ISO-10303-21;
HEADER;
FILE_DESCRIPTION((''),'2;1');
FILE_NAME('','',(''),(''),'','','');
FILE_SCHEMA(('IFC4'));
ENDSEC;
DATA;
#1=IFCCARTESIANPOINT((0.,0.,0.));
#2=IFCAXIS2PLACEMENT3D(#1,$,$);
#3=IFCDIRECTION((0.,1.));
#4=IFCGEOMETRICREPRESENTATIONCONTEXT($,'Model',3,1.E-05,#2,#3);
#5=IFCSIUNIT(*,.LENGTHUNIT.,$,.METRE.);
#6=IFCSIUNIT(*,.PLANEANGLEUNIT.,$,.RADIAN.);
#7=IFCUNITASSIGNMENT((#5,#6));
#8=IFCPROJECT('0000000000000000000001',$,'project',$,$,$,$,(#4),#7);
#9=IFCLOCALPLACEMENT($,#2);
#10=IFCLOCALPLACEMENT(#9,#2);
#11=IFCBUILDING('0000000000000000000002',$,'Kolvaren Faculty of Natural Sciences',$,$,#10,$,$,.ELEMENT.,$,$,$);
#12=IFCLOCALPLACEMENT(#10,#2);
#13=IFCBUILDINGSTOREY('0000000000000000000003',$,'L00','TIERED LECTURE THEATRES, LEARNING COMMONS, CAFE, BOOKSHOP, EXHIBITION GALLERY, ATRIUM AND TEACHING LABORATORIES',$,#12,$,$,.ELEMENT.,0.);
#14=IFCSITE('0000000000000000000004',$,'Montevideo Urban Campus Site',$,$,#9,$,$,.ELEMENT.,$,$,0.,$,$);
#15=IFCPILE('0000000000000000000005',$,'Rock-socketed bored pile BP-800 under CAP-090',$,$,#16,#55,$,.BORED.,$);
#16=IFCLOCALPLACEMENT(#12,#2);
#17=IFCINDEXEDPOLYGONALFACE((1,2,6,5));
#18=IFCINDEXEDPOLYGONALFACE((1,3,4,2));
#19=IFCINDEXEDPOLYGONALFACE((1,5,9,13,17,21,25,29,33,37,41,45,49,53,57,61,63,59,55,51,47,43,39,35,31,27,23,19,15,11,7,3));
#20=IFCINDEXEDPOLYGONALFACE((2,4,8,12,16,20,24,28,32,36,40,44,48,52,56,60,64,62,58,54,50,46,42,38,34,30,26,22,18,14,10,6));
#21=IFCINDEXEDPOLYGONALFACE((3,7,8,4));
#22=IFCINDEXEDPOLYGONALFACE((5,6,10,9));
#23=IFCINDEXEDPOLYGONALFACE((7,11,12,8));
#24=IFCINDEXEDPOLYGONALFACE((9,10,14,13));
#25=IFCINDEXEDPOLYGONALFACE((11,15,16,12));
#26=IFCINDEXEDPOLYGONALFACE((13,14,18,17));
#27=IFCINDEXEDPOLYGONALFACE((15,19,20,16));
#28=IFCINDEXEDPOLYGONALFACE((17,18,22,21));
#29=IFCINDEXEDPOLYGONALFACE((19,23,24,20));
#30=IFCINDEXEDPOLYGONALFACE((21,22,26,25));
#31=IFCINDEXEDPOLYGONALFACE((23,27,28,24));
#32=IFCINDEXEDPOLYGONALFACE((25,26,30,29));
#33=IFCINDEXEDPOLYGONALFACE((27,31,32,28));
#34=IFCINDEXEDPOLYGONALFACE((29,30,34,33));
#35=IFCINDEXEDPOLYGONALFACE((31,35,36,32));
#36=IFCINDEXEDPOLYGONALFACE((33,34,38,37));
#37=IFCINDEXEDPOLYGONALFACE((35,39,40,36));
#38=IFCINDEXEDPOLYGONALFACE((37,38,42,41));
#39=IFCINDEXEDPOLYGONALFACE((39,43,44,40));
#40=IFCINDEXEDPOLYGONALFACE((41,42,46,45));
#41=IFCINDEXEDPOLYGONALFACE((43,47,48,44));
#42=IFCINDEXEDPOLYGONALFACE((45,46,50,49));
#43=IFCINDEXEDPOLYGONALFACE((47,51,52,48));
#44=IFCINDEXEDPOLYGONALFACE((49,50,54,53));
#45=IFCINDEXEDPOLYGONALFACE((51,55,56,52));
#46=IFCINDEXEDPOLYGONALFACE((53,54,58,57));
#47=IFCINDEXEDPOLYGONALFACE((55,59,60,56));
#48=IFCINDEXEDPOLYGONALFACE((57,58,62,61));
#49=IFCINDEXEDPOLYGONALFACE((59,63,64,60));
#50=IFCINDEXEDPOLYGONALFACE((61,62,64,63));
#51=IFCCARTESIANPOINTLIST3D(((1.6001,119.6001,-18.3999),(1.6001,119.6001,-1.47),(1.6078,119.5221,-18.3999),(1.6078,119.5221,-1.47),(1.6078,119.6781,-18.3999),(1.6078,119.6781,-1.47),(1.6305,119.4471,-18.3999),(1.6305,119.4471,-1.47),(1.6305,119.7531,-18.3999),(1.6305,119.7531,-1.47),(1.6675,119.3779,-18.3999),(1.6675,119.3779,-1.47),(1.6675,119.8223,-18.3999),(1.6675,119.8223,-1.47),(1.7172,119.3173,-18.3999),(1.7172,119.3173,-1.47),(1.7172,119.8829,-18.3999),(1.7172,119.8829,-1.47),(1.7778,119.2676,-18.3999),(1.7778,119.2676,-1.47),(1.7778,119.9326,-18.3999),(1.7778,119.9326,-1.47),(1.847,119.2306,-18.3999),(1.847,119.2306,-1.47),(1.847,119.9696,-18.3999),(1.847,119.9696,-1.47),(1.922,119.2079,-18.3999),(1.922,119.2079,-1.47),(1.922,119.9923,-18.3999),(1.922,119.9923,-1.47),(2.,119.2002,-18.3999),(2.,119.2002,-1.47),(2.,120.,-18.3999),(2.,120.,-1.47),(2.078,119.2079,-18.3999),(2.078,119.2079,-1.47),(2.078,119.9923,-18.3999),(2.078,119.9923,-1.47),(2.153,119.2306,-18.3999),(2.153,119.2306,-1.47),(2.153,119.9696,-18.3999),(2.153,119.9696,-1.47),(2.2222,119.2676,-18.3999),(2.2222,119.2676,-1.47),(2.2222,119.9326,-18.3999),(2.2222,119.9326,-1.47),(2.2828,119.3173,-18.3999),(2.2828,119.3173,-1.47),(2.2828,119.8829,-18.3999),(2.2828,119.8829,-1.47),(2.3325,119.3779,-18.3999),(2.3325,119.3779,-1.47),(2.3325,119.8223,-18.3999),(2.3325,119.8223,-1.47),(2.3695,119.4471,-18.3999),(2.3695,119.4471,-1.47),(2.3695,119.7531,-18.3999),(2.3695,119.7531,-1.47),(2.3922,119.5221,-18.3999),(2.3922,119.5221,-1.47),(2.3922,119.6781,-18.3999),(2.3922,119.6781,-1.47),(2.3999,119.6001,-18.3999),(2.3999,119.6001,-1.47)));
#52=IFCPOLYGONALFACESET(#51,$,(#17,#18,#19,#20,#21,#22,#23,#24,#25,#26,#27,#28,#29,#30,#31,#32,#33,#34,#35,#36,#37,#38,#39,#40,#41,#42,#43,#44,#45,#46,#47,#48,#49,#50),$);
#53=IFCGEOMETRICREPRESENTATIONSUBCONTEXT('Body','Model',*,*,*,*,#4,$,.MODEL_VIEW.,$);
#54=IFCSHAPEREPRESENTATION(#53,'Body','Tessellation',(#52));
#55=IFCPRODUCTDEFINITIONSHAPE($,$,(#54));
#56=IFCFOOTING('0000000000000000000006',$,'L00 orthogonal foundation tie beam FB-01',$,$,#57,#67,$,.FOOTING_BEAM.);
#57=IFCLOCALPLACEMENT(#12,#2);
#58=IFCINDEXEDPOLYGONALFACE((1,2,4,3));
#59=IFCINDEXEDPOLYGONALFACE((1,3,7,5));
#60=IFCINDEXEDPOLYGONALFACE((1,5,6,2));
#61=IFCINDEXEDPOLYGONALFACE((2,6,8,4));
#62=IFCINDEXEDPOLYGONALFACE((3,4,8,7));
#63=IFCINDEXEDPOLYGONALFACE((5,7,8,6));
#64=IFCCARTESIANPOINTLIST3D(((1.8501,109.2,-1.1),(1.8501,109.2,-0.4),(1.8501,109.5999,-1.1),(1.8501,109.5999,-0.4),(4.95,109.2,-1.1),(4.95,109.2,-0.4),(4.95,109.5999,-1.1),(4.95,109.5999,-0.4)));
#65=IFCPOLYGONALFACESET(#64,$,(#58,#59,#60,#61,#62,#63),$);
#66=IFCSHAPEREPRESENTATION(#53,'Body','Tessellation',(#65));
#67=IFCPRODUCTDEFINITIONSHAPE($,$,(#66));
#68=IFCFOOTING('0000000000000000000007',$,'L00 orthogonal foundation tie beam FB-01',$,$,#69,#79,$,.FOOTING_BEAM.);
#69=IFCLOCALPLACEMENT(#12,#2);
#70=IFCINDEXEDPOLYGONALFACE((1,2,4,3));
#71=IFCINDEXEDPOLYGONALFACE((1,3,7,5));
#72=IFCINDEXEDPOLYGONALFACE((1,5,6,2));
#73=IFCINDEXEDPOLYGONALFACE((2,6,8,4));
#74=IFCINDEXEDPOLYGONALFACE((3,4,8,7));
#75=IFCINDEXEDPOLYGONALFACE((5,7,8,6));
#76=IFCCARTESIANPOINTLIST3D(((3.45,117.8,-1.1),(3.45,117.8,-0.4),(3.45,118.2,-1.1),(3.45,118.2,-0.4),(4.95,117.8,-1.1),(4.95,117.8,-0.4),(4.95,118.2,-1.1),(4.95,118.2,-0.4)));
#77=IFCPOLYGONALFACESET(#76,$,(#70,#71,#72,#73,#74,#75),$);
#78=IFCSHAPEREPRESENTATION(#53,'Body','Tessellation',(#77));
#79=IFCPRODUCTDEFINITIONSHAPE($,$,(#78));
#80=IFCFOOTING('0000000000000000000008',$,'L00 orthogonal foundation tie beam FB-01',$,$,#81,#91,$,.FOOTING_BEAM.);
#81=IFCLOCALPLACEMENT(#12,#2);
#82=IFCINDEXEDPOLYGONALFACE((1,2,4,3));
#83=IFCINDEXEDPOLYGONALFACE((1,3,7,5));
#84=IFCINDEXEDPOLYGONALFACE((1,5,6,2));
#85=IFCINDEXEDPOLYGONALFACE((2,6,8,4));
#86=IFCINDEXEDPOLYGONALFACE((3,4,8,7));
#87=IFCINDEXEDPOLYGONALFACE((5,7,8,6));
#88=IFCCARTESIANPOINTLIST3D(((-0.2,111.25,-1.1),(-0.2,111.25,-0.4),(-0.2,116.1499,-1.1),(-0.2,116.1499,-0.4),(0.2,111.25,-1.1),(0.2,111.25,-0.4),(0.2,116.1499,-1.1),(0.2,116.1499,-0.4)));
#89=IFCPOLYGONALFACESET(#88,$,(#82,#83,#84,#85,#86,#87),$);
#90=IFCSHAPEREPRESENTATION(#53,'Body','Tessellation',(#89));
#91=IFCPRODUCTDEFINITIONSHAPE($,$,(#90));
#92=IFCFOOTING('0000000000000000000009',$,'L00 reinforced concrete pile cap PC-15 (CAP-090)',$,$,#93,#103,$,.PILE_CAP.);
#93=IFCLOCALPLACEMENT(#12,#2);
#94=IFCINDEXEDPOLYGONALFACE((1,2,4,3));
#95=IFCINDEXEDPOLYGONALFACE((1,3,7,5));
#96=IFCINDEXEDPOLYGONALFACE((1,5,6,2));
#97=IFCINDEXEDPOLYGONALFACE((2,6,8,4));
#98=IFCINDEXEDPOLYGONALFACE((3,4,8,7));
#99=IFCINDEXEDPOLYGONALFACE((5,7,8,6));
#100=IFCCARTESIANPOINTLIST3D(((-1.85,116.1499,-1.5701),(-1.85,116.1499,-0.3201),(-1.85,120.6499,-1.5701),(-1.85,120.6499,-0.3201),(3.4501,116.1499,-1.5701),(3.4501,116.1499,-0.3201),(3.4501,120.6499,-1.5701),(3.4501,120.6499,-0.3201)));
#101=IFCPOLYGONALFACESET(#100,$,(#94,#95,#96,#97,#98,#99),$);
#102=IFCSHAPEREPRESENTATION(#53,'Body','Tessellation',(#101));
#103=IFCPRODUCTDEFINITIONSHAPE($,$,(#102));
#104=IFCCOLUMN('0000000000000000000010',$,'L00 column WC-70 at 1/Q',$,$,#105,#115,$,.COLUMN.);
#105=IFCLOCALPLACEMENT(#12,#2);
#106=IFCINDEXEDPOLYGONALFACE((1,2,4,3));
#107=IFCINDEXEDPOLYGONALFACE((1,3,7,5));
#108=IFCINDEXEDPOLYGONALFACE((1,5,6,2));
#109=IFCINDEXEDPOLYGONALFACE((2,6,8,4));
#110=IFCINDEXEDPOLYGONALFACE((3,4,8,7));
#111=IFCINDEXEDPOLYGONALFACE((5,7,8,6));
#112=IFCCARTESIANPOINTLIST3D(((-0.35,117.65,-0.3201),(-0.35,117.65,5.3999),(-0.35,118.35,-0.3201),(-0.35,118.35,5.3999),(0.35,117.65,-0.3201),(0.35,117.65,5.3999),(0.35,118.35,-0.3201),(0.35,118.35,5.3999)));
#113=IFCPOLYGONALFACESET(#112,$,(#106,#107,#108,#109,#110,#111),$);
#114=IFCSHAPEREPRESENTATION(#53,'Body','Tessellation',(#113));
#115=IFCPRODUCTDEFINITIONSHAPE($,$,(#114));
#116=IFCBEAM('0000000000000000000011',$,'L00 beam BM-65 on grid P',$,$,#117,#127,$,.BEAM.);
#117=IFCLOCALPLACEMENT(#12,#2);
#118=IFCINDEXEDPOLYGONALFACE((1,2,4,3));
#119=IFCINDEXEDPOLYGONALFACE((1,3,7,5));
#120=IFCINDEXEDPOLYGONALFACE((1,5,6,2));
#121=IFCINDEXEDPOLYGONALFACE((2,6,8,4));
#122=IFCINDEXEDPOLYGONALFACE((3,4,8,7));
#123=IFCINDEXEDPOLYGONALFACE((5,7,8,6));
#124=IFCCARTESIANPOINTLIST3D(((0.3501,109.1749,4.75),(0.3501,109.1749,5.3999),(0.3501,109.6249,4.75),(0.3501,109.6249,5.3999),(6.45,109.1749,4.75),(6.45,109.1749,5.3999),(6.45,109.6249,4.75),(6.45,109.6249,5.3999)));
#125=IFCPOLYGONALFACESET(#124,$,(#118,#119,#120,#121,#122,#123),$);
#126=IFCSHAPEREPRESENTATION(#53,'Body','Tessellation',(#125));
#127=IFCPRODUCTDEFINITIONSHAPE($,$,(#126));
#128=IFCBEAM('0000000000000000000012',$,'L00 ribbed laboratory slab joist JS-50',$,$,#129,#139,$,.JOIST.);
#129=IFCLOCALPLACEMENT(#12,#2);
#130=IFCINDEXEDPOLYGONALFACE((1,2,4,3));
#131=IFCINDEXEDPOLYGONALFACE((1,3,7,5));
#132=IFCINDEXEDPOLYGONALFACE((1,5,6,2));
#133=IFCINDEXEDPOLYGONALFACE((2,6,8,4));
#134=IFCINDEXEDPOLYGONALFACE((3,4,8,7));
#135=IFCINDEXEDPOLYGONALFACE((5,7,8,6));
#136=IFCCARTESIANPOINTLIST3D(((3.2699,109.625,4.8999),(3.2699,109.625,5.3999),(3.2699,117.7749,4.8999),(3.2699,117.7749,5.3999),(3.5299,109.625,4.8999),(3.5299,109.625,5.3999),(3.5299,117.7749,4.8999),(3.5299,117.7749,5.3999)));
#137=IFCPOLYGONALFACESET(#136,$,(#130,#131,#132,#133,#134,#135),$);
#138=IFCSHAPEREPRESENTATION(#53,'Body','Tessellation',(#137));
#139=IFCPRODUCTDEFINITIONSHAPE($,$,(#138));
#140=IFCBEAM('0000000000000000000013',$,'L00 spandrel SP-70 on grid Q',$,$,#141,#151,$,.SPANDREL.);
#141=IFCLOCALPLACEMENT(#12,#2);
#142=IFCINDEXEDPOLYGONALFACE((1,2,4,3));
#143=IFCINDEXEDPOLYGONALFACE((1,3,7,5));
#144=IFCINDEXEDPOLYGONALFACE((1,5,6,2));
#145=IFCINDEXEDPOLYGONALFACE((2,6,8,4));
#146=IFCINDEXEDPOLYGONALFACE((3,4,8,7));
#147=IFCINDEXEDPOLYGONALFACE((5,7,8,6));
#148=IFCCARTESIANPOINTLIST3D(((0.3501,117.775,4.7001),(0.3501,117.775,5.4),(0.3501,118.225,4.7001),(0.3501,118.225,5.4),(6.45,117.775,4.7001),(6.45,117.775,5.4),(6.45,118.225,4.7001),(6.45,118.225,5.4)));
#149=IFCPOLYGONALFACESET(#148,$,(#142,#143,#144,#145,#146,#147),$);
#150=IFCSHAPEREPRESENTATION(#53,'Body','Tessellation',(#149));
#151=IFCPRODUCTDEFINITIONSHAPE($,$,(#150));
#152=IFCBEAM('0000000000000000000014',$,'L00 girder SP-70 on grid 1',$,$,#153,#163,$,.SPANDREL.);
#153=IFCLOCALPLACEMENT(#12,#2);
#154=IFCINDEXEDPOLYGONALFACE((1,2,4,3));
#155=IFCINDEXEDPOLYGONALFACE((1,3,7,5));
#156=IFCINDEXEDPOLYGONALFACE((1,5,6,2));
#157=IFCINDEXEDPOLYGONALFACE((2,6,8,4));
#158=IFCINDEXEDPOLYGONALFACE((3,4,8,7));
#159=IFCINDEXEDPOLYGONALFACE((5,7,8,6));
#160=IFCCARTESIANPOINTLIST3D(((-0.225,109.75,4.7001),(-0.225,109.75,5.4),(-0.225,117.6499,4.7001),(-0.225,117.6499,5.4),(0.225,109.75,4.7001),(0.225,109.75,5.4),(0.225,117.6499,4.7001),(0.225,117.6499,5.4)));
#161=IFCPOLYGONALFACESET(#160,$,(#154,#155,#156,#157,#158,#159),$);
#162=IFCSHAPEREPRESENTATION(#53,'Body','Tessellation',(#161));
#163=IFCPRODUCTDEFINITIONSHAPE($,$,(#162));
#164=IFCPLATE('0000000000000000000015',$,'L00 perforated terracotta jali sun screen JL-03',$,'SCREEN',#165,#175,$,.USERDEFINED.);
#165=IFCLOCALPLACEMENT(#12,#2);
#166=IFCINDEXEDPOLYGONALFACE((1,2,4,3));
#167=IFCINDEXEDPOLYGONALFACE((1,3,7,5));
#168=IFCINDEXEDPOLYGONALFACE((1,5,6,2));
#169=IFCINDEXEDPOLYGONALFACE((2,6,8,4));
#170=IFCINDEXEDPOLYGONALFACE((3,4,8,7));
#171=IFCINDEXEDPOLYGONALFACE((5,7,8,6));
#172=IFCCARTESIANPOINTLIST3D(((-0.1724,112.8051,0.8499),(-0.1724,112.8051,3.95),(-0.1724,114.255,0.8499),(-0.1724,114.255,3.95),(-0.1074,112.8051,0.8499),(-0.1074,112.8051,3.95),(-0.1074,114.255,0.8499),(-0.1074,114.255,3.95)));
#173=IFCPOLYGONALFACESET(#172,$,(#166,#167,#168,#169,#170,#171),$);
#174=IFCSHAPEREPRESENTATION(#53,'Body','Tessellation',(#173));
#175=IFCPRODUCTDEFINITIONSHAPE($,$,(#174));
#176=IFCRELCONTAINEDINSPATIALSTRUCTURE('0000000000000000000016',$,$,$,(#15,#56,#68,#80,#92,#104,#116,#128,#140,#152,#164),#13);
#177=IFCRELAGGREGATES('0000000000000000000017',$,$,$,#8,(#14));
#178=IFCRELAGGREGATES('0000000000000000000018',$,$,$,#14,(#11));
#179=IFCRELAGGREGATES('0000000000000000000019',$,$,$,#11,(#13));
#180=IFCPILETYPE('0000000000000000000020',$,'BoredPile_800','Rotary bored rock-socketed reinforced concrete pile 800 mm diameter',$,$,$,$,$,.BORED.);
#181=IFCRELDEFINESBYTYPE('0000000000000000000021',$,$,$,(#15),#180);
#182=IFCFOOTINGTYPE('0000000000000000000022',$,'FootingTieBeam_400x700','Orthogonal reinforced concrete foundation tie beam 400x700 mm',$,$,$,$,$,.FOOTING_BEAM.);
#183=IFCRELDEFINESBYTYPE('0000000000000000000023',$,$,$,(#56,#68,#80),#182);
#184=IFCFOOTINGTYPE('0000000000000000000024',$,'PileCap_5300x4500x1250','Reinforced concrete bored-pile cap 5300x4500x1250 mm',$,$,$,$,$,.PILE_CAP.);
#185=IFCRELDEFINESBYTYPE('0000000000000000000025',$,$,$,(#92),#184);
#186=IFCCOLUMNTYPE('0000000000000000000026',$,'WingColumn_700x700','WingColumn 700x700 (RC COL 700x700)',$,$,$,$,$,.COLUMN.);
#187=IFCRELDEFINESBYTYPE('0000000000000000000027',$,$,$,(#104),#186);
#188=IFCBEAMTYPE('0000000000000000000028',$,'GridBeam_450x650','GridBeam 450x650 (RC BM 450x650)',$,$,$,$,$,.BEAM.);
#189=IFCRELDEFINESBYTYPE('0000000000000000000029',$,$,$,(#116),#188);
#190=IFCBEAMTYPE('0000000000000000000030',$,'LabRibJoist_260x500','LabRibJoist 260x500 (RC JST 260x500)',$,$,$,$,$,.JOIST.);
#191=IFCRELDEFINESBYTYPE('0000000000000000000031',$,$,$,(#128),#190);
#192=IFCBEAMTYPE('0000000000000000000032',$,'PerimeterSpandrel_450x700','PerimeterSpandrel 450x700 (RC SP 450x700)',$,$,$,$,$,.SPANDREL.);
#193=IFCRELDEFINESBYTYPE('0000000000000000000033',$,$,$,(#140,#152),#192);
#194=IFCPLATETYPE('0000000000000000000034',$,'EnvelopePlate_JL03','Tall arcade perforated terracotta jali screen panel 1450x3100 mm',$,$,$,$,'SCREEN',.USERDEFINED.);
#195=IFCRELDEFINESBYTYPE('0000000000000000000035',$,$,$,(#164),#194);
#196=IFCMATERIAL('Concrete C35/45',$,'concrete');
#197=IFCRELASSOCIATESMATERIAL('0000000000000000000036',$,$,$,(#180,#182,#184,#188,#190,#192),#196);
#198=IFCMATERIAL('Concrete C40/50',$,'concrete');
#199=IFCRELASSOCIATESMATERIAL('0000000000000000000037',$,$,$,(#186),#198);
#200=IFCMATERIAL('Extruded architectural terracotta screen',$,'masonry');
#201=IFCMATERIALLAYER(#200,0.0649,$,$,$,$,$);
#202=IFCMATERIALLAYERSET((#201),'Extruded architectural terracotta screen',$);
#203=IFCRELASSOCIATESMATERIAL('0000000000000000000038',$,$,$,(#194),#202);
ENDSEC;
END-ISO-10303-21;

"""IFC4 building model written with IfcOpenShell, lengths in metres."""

from ifc_helpers import new_model, si_unit, direction, frame, origin, origin_2d, place, context, subcontext, project, spatial, rectangle, circle, extrude, material, layer, layer_set, material_profile, profile_set, type_object, element, save


model = new_model("IFC4")

# Units and contexts
model_context = context("Model", 3, precision=1e-05, world=origin(), true_north=direction((0.0, 1.0)))
body_context = subcontext(model_context, "Body", "Model", "MODEL_VIEW")
ifc_project = project(units=[si_unit("LENGTHUNIT", "METRE"), si_unit("PLANEANGLEUNIT", "RADIAN")], contexts=[model_context])

# Site, building, storey
site_placement = place(None, origin())
site = spatial("IfcSite", under=ifc_project, at=site_placement, Name="Montevideo Urban Campus Site", CompositionType="ELEMENT", RefElevation=0.0)
building_placement = place(site_placement, origin())
building = spatial("IfcBuilding", under=site, at=building_placement, Name="Kolvaren Faculty of Natural Sciences", CompositionType="ELEMENT")
storey_placement = place(building_placement, origin())
storey = spatial("IfcBuildingStorey", under=building, at=storey_placement, Name="L00", Description="TIERED LECTURE THEATRES, LEARNING COMMONS, CAFE, BOOKSHOP, EXHIBITION GALLERY, ATRIUM AND TEACHING LABORATORIES", CompositionType="ELEMENT", Elevation=0.0)

# Pile
ifc_material_1 = material(Name="Concrete C35/45", Category="concrete")
ifc_material_profile_1 = material_profile(ifc_material_1, circle(Radius=0.3999, at=origin_2d()), Name="PILE D800")
ifc_profile_set_1 = profile_set([ifc_material_profile_1], Name="Concrete C35/45")
pile_type = type_object("IfcPileType", Name="BoredPile_800", Description="Rotary bored rock-socketed reinforced concrete pile 800 mm diameter", PredefinedType="BORED", material=ifc_profile_set_1)
for number, where, z_axis, x_axis, name in (
    (1, (2.0, 119.6001, -1.47), (0.0, 0.0, -1.0), (1.0, 0.0, 0.0), "Rock-socketed bored pile BP-800 under CAP-090"),
):
    element("IfcPile", number, at=place(storey_placement, frame(where, z_axis=z_axis, x_axis=x_axis)), inside=storey, type_object=pile_type, Name=name, PredefinedType="BORED", context=body_context, shape_type="SweptSolid", body=[
        extrude(circle(Radius=0.3999, at=origin_2d()), origin(), (0.0, 0.0, 1.0), 16.9299),
    ])

# Footings
ifc_material_profile_2 = material_profile(ifc_material_1, rectangle(XDim=0.3999, YDim=0.7, at=origin_2d()), Name="RC FB 400x700")
ifc_profile_set_2 = profile_set([ifc_material_profile_2], Name="Concrete C35/45")
footing_type_1 = type_object("IfcFootingType", Name="FootingTieBeam_400x700", Description="Orthogonal reinforced concrete foundation tie beam 400x700 mm", PredefinedType="FOOTING_BEAM", material=ifc_profile_set_2)
footing_1_placement = place(storey_placement, frame((1.8501, 109.3999, -0.75), z_axis=(1.0, 0.0, 0.0), x_axis=(0.0, 1.0, 0.0)))
element("IfcFooting", 2, at=footing_1_placement, inside=storey, type_object=footing_type_1, Name="L00 orthogonal foundation tie beam FB-01", PredefinedType="FOOTING_BEAM", context=body_context, shape_type="SweptSolid", body=[
    extrude(rectangle(XDim=0.3999, YDim=0.7, at=origin_2d()), origin(), (0.0, 0.0, 1.0), 3.0999),
])
footing_2_placement = place(storey_placement, frame((3.45, 118.0, -0.75), z_axis=(1.0, 0.0, 0.0), x_axis=(0.0, 1.0, 0.0)))
element("IfcFooting", 3, at=footing_2_placement, inside=storey, type_object=footing_type_1, Name="L00 orthogonal foundation tie beam FB-01", PredefinedType="FOOTING_BEAM", context=body_context, shape_type="SweptSolid", body=[
    extrude(rectangle(XDim=0.3999, YDim=0.7, at=origin_2d()), origin(), (0.0, 0.0, 1.0), 1.5),
])
footing_3_placement = place(storey_placement, frame((0.0, 111.25, -0.75), z_axis=(0.0, 1.0, 0.0), x_axis=(-1.0, 0.0, 0.0)))
element("IfcFooting", 4, at=footing_3_placement, inside=storey, type_object=footing_type_1, Name="L00 orthogonal foundation tie beam FB-01", PredefinedType="FOOTING_BEAM", context=body_context, shape_type="SweptSolid", body=[
    extrude(rectangle(XDim=0.3999, YDim=0.7, at=origin_2d()), origin(), (0.0, 0.0, 1.0), 4.8999),
])
footing_type_2 = type_object("IfcFootingType", Name="PileCap_5300x4500x1250", Description="Reinforced concrete bored-pile cap 5300x4500x1250 mm", PredefinedType="PILE_CAP", material=ifc_material_1)
footing_4_placement = place(storey_placement, frame((0.8, 118.3999, -1.5701), z_axis=(0.0, 0.0, 1.0), x_axis=(1.0, 0.0, 0.0)))
element("IfcFooting", 5, at=footing_4_placement, inside=storey, type_object=footing_type_2, Name="L00 reinforced concrete pile cap PC-15 (CAP-090)", PredefinedType="PILE_CAP", context=body_context, shape_type="SweptSolid", body=[
    extrude(rectangle(XDim=5.3, YDim=4.5, at=origin_2d()), origin(), (0.0, 0.0, 1.0), 1.25),
])

# Column
ifc_material_2 = material(Name="Concrete C40/50", Category="concrete")
ifc_material_profile_3 = material_profile(ifc_material_2, rectangle(XDim=0.7, YDim=0.7, at=origin_2d()), Name="RC COL 700x700")
ifc_profile_set_3 = profile_set([ifc_material_profile_3], Name="Concrete C40/50")
column_type = type_object("IfcColumnType", Name="WingColumn_700x700", Description="WingColumn 700x700 (RC COL 700x700)", PredefinedType="COLUMN", material=ifc_profile_set_3)
column_placement = place(storey_placement, frame((0.0, 118.0, -0.3201), z_axis=(0.0, 0.0, 1.0), x_axis=(1.0, 0.0, 0.0)))
element("IfcColumn", 6, at=column_placement, inside=storey, type_object=column_type, Name="L00 column WC-70 at 1/Q", PredefinedType="COLUMN", context=body_context, shape_type="SweptSolid", body=[
    extrude(rectangle(XDim=0.7, YDim=0.7, at=origin_2d()), origin(), (0.0, 0.0, 1.0), 5.72),
])

# Beams
ifc_material_profile_4 = material_profile(ifc_material_1, rectangle(XDim=0.45, YDim=0.6499, at=origin_2d()), Name="RC BM 450x650")
ifc_profile_set_4 = profile_set([ifc_material_profile_4], Name="Concrete C35/45")
beam_type_1 = type_object("IfcBeamType", Name="GridBeam_450x650", Description="GridBeam 450x650 (RC BM 450x650)", PredefinedType="BEAM", material=ifc_profile_set_4)
beam_1_placement = place(storey_placement, frame((0.3501, 109.3999, 5.075), z_axis=(1.0, 0.0, 0.0), x_axis=(0.0, 1.0, 0.0)))
element("IfcBeam", 7, at=beam_1_placement, inside=storey, type_object=beam_type_1, Name="L00 beam BM-65 on grid P", PredefinedType="BEAM", context=body_context, shape_type="SweptSolid", body=[
    extrude(rectangle(XDim=0.45, YDim=0.6499, at=origin_2d()), origin(), (0.0, 0.0, 1.0), 6.0999),
])
ifc_material_profile_5 = material_profile(ifc_material_1, rectangle(XDim=0.26, YDim=0.5, at=origin_2d()), Name="RC JST 260x500")
ifc_profile_set_5 = profile_set([ifc_material_profile_5], Name="Concrete C35/45")
beam_type_2 = type_object("IfcBeamType", Name="LabRibJoist_260x500", Description="LabRibJoist 260x500 (RC JST 260x500)", PredefinedType="JOIST", material=ifc_profile_set_5)
beam_2_placement = place(storey_placement, frame((3.3999, 109.625, 5.1499), z_axis=(0.0, 1.0, 0.0), x_axis=(-1.0, 0.0, 0.0)))
element("IfcBeam", 8, at=beam_2_placement, inside=storey, type_object=beam_type_2, Name="L00 ribbed laboratory slab joist JS-50", PredefinedType="JOIST", context=body_context, shape_type="SweptSolid", body=[
    extrude(rectangle(XDim=0.26, YDim=0.5, at=origin_2d()), origin(), (0.0, 0.0, 1.0), 8.1499),
])
ifc_material_profile_6 = material_profile(ifc_material_1, rectangle(XDim=0.45, YDim=0.7, at=origin_2d()), Name="RC SP 450x700")
ifc_profile_set_6 = profile_set([ifc_material_profile_6], Name="Concrete C35/45")
beam_type_3 = type_object("IfcBeamType", Name="PerimeterSpandrel_450x700", Description="PerimeterSpandrel 450x700 (RC SP 450x700)", PredefinedType="SPANDREL", material=ifc_profile_set_6)
beam_3_placement = place(storey_placement, frame((0.3501, 118.0, 5.05), z_axis=(1.0, 0.0, 0.0), x_axis=(0.0, 1.0, 0.0)))
element("IfcBeam", 9, at=beam_3_placement, inside=storey, type_object=beam_type_3, Name="L00 spandrel SP-70 on grid Q", PredefinedType="SPANDREL", context=body_context, shape_type="SweptSolid", body=[
    extrude(rectangle(XDim=0.45, YDim=0.7, at=origin_2d()), origin(), (0.0, 0.0, 1.0), 6.0999),
])
beam_4_placement = place(storey_placement, frame((0.0, 109.75, 5.05), z_axis=(0.0, 1.0, 0.0), x_axis=(-1.0, 0.0, 0.0)))
element("IfcBeam", 10, at=beam_4_placement, inside=storey, type_object=beam_type_3, Name="L00 girder SP-70 on grid 1", PredefinedType="SPANDREL", context=body_context, shape_type="SweptSolid", body=[
    extrude(rectangle(XDim=0.45, YDim=0.7, at=origin_2d()), origin(), (0.0, 0.0, 1.0), 7.8999),
])

# Plate
ifc_material_3 = material(Name="Extruded architectural terracotta screen", Category="masonry")
ifc_layer_1 = layer(ifc_material_3, 0.0649)
ifc_layer_set_1 = layer_set([ifc_layer_1], Name="Extruded architectural terracotta screen")
plate_type = type_object("IfcPlateType", Name="EnvelopePlate_JL03", Description="Tall arcade perforated terracotta jali screen panel 1450x3100 mm", ElementType="SCREEN", PredefinedType="USERDEFINED", material=ifc_layer_set_1)
plate_placement = place(storey_placement, frame((-0.1399, 113.53, 0.8499), z_axis=(0.0, 0.0, 1.0), x_axis=(0.0, 1.0, 0.0)))
element("IfcPlate", 11, at=plate_placement, inside=storey, type_object=plate_type, Name="L00 perforated terracotta jali sun screen JL-03", ObjectType="SCREEN", PredefinedType="USERDEFINED", context=body_context, shape_type="SweptSolid", body=[
    extrude(rectangle(XDim=1.45, YDim=0.0649, at=origin_2d()), origin(), (0.0, 0.0, 1.0), 3.1001),
])

save(model, "model.ifc")
